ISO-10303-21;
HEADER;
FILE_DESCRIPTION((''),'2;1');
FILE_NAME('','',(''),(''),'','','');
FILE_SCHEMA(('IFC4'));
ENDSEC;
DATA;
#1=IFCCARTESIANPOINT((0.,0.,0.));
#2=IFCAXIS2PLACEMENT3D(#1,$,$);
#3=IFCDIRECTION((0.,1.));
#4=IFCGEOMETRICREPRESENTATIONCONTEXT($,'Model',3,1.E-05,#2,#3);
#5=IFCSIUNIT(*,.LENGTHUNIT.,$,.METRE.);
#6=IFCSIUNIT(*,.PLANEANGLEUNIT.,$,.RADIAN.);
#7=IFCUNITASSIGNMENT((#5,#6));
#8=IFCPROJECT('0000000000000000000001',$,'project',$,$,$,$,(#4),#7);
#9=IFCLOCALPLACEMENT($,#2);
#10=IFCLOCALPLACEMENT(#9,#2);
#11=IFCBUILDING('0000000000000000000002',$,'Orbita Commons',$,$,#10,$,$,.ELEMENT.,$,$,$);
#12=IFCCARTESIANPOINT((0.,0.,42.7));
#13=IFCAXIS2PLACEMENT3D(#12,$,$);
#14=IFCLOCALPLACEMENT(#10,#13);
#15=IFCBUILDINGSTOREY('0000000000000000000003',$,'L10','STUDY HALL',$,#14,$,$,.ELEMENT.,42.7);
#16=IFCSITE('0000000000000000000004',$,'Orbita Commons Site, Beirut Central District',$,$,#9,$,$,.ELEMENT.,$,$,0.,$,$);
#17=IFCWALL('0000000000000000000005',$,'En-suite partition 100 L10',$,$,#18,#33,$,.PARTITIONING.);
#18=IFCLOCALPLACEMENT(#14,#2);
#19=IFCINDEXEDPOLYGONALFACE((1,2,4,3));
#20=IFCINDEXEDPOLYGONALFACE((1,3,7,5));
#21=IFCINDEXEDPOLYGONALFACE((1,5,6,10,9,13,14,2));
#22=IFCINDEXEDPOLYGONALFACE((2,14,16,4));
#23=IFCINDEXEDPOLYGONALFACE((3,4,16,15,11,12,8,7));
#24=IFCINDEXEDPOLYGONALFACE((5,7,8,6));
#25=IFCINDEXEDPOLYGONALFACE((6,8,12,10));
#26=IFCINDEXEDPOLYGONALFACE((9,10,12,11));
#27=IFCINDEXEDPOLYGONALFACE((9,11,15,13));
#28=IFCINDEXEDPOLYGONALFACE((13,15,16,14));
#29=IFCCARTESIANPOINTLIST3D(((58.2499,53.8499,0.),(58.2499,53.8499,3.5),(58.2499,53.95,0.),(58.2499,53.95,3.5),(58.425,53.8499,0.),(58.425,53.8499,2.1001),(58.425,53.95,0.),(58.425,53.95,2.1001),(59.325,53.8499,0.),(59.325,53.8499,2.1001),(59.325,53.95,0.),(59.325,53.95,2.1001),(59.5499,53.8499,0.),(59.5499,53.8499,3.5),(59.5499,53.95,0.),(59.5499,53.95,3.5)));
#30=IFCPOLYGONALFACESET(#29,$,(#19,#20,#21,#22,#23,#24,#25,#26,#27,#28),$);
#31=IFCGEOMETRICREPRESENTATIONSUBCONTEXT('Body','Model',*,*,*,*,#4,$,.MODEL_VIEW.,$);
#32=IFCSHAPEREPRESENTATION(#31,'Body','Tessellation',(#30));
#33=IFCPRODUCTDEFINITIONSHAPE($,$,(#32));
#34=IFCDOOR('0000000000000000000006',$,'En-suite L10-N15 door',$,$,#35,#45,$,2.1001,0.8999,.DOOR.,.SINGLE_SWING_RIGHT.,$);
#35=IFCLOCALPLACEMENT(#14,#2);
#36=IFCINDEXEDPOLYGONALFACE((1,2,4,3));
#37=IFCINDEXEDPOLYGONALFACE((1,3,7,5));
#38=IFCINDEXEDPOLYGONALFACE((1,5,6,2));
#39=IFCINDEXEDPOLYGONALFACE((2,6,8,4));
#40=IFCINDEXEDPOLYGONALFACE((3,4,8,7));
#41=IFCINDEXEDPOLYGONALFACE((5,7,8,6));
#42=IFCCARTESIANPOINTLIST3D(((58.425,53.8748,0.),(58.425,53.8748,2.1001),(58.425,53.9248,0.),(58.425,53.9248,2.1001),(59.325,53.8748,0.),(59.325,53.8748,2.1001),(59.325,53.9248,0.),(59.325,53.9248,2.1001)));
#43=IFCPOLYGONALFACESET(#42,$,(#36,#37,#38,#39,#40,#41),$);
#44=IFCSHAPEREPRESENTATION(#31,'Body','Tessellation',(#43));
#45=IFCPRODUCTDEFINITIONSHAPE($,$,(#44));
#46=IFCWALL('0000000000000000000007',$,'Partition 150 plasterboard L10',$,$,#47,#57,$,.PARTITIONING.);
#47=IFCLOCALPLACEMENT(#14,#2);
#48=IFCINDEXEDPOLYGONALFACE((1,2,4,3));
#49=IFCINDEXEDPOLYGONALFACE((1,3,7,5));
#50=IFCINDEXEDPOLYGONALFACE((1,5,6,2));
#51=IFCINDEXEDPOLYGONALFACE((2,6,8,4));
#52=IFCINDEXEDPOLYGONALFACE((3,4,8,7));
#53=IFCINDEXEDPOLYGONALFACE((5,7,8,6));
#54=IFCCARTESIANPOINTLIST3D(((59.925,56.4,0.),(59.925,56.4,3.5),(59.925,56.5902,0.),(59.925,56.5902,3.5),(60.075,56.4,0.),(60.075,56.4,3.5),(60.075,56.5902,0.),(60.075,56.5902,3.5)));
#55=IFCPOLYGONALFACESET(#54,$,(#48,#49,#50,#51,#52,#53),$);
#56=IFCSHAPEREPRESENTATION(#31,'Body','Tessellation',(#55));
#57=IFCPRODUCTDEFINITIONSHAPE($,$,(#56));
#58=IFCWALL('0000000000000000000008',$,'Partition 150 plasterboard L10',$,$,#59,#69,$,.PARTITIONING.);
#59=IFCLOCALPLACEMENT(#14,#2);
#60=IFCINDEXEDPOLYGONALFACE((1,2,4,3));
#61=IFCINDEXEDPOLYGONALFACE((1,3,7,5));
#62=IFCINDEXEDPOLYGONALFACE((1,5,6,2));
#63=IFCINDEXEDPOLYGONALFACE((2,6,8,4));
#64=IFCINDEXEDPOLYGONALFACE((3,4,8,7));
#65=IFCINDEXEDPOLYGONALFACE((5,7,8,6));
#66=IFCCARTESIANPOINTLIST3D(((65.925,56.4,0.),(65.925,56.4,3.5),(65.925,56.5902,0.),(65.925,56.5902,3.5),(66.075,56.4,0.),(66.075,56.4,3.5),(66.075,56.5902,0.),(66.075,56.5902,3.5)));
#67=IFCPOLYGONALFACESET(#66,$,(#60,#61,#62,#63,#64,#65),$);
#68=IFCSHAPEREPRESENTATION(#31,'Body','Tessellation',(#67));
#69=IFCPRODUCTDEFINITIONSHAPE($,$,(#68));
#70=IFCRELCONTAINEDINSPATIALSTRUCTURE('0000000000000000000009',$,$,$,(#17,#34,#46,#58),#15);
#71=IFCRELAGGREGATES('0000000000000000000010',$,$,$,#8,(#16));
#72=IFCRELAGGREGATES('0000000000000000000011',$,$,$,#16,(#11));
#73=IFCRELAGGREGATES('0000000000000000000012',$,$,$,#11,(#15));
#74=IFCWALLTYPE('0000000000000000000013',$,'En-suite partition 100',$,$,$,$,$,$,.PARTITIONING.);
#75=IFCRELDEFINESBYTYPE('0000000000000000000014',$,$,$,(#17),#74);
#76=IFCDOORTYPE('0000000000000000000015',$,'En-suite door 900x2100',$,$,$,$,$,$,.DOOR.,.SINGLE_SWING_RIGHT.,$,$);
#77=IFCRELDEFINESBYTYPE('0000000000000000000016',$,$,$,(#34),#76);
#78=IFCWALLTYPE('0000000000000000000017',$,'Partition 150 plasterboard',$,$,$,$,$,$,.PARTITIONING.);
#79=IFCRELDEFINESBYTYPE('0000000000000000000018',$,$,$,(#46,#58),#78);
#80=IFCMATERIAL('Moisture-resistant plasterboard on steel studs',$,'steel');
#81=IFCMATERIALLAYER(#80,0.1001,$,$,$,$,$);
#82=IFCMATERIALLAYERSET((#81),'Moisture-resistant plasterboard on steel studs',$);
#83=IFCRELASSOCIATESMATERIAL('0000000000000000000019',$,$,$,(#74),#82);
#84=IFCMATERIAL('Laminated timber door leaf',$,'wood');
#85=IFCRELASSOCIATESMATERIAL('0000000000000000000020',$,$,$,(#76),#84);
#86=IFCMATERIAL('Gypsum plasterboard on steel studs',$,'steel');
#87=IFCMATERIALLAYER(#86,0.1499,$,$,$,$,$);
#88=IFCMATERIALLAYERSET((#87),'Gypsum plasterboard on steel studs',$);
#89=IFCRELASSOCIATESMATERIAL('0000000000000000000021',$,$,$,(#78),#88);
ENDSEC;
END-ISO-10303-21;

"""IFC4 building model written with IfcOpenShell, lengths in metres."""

from ifc_helpers import new_model, si_unit, direction, frame, frame_2d, origin, place, context, subcontext, project, spatial, rectangle, extrude, material, layer, layer_set, type_object, element, fill, save


model = new_model("IFC4")

# Units and contexts
model_context = context("Model", 3, precision=1e-05, world=origin(), true_north=direction((0.0, 1.0)))
body_context = subcontext(model_context, "Body", "Model", "MODEL_VIEW")
ifc_project = project(units=[si_unit("LENGTHUNIT", "METRE"), si_unit("PLANEANGLEUNIT", "RADIAN")], contexts=[model_context])

# Site, building, storey
site_placement = place(None, origin())
site = spatial("IfcSite", under=ifc_project, at=site_placement, Name="Orbita Commons Site, Beirut Central District", CompositionType="ELEMENT", RefElevation=0.0)
building_placement = place(site_placement, origin())
building = spatial("IfcBuilding", under=site, at=building_placement, Name="Orbita Commons", CompositionType="ELEMENT")
storey_placement = place(building_placement, frame((0.0, 0.0, 42.7)))
storey = spatial("IfcBuildingStorey", under=building, at=storey_placement, Name="L10", Description="STUDY HALL", CompositionType="ELEMENT", Elevation=42.7)

# Wall, opening, door
ifc_material_1 = material(Name="Moisture-resistant plasterboard on steel studs", Category="steel")
ifc_layer_1 = layer(ifc_material_1, 0.1001)
ifc_layer_set_1 = layer_set([ifc_layer_1], Name="Moisture-resistant plasterboard on steel studs")
wall_type_1 = type_object("IfcWallType", Name="En-suite partition 100", PredefinedType="PARTITIONING", material=ifc_layer_set_1)
wall_placement = place(storey_placement, frame((58.25, 53.8999, 0.0), z_axis=(0.0, 0.0, 1.0), x_axis=(1.0, 0.0, 0.0)))
wall = element("IfcWall", 1, at=wall_placement, inside=storey, type_object=wall_type_1, Name="En-suite partition 100 L10", PredefinedType="PARTITIONING", context=body_context, shape_type="SweptSolid", body=[
    extrude(rectangle(XDim=1.3, YDim=0.1001, at=frame_2d((0.6499, 0.0))), origin(), (0.0, 0.0, 1.0), 3.5),
])
opening_placement = place(wall_placement, frame((0.175, 0.0, 0.0)))
opening = element("IfcOpeningElement", 2, at=opening_placement, cuts=wall, PredefinedType="OPENING", context=body_context, shape_type="SweptSolid", body=[
    extrude(rectangle(XDim=0.8999, YDim=2.1001, at=frame_2d((0.45, 1.05))), frame((0.0, 0.0601, 0.0), z_axis=(0.0, -1.0, 0.0), x_axis=(1.0, 0.0, 0.0)), (0.0, 0.0, 1.0), 0.1201),
])
ifc_material_2 = material(Name="Laminated timber door leaf", Category="wood")
door_type = type_object("IfcDoorType", Name="En-suite door 900x2100", OperationType="SINGLE_SWING_RIGHT", PredefinedType="DOOR", material=ifc_material_2)
door_placement = place(opening_placement, origin())
door = element("IfcDoor", 3, at=door_placement, inside=storey, type_object=door_type, Name="En-suite L10-N15 door", OperationType="SINGLE_SWING_RIGHT", OverallHeight=2.1001, OverallWidth=0.8999, PredefinedType="DOOR", context=body_context, shape_type="SweptSolid", body=[
    extrude(rectangle(XDim=0.8999, YDim=2.1001, at=frame_2d((0.45, 1.05))), frame((0.0, 0.0249, 0.0), z_axis=(0.0, -1.0, 0.0), x_axis=(1.0, 0.0, 0.0)), (0.0, 0.0, 1.0), 0.05),
])
fill(opening, door)

# Walls
ifc_material_3 = material(Name="Gypsum plasterboard on steel studs", Category="steel")
ifc_layer_2 = layer(ifc_material_3, 0.1499)
ifc_layer_set_2 = layer_set([ifc_layer_2], Name="Gypsum plasterboard on steel studs")
wall_type_2 = type_object("IfcWallType", Name="Partition 150 plasterboard", PredefinedType="PARTITIONING", material=ifc_layer_set_2)
for number, where, z_axis, x_axis, name in (
    (4, (60.0, 56.3999, 0.0), (0.0, 0.0, 1.0), (0.0, 1.0, 0.0), "Partition 150 plasterboard L10"),
    (5, (66.0, 56.3999, 0.0), (0.0, 0.0, 1.0), (0.0, 1.0, 0.0), "Partition 150 plasterboard L10"),
):
    element("IfcWall", number, at=place(storey_placement, frame(where, z_axis=z_axis, x_axis=x_axis)), inside=storey, type_object=wall_type_2, Name=name, PredefinedType="PARTITIONING", context=body_context, shape_type="SweptSolid", body=[
        extrude(rectangle(XDim=0.1902, YDim=0.1499, at=frame_2d((0.0952, 0.0))), origin(), (0.0, 0.0, 1.0), 3.5),
    ])

save(model, "model.ifc")
